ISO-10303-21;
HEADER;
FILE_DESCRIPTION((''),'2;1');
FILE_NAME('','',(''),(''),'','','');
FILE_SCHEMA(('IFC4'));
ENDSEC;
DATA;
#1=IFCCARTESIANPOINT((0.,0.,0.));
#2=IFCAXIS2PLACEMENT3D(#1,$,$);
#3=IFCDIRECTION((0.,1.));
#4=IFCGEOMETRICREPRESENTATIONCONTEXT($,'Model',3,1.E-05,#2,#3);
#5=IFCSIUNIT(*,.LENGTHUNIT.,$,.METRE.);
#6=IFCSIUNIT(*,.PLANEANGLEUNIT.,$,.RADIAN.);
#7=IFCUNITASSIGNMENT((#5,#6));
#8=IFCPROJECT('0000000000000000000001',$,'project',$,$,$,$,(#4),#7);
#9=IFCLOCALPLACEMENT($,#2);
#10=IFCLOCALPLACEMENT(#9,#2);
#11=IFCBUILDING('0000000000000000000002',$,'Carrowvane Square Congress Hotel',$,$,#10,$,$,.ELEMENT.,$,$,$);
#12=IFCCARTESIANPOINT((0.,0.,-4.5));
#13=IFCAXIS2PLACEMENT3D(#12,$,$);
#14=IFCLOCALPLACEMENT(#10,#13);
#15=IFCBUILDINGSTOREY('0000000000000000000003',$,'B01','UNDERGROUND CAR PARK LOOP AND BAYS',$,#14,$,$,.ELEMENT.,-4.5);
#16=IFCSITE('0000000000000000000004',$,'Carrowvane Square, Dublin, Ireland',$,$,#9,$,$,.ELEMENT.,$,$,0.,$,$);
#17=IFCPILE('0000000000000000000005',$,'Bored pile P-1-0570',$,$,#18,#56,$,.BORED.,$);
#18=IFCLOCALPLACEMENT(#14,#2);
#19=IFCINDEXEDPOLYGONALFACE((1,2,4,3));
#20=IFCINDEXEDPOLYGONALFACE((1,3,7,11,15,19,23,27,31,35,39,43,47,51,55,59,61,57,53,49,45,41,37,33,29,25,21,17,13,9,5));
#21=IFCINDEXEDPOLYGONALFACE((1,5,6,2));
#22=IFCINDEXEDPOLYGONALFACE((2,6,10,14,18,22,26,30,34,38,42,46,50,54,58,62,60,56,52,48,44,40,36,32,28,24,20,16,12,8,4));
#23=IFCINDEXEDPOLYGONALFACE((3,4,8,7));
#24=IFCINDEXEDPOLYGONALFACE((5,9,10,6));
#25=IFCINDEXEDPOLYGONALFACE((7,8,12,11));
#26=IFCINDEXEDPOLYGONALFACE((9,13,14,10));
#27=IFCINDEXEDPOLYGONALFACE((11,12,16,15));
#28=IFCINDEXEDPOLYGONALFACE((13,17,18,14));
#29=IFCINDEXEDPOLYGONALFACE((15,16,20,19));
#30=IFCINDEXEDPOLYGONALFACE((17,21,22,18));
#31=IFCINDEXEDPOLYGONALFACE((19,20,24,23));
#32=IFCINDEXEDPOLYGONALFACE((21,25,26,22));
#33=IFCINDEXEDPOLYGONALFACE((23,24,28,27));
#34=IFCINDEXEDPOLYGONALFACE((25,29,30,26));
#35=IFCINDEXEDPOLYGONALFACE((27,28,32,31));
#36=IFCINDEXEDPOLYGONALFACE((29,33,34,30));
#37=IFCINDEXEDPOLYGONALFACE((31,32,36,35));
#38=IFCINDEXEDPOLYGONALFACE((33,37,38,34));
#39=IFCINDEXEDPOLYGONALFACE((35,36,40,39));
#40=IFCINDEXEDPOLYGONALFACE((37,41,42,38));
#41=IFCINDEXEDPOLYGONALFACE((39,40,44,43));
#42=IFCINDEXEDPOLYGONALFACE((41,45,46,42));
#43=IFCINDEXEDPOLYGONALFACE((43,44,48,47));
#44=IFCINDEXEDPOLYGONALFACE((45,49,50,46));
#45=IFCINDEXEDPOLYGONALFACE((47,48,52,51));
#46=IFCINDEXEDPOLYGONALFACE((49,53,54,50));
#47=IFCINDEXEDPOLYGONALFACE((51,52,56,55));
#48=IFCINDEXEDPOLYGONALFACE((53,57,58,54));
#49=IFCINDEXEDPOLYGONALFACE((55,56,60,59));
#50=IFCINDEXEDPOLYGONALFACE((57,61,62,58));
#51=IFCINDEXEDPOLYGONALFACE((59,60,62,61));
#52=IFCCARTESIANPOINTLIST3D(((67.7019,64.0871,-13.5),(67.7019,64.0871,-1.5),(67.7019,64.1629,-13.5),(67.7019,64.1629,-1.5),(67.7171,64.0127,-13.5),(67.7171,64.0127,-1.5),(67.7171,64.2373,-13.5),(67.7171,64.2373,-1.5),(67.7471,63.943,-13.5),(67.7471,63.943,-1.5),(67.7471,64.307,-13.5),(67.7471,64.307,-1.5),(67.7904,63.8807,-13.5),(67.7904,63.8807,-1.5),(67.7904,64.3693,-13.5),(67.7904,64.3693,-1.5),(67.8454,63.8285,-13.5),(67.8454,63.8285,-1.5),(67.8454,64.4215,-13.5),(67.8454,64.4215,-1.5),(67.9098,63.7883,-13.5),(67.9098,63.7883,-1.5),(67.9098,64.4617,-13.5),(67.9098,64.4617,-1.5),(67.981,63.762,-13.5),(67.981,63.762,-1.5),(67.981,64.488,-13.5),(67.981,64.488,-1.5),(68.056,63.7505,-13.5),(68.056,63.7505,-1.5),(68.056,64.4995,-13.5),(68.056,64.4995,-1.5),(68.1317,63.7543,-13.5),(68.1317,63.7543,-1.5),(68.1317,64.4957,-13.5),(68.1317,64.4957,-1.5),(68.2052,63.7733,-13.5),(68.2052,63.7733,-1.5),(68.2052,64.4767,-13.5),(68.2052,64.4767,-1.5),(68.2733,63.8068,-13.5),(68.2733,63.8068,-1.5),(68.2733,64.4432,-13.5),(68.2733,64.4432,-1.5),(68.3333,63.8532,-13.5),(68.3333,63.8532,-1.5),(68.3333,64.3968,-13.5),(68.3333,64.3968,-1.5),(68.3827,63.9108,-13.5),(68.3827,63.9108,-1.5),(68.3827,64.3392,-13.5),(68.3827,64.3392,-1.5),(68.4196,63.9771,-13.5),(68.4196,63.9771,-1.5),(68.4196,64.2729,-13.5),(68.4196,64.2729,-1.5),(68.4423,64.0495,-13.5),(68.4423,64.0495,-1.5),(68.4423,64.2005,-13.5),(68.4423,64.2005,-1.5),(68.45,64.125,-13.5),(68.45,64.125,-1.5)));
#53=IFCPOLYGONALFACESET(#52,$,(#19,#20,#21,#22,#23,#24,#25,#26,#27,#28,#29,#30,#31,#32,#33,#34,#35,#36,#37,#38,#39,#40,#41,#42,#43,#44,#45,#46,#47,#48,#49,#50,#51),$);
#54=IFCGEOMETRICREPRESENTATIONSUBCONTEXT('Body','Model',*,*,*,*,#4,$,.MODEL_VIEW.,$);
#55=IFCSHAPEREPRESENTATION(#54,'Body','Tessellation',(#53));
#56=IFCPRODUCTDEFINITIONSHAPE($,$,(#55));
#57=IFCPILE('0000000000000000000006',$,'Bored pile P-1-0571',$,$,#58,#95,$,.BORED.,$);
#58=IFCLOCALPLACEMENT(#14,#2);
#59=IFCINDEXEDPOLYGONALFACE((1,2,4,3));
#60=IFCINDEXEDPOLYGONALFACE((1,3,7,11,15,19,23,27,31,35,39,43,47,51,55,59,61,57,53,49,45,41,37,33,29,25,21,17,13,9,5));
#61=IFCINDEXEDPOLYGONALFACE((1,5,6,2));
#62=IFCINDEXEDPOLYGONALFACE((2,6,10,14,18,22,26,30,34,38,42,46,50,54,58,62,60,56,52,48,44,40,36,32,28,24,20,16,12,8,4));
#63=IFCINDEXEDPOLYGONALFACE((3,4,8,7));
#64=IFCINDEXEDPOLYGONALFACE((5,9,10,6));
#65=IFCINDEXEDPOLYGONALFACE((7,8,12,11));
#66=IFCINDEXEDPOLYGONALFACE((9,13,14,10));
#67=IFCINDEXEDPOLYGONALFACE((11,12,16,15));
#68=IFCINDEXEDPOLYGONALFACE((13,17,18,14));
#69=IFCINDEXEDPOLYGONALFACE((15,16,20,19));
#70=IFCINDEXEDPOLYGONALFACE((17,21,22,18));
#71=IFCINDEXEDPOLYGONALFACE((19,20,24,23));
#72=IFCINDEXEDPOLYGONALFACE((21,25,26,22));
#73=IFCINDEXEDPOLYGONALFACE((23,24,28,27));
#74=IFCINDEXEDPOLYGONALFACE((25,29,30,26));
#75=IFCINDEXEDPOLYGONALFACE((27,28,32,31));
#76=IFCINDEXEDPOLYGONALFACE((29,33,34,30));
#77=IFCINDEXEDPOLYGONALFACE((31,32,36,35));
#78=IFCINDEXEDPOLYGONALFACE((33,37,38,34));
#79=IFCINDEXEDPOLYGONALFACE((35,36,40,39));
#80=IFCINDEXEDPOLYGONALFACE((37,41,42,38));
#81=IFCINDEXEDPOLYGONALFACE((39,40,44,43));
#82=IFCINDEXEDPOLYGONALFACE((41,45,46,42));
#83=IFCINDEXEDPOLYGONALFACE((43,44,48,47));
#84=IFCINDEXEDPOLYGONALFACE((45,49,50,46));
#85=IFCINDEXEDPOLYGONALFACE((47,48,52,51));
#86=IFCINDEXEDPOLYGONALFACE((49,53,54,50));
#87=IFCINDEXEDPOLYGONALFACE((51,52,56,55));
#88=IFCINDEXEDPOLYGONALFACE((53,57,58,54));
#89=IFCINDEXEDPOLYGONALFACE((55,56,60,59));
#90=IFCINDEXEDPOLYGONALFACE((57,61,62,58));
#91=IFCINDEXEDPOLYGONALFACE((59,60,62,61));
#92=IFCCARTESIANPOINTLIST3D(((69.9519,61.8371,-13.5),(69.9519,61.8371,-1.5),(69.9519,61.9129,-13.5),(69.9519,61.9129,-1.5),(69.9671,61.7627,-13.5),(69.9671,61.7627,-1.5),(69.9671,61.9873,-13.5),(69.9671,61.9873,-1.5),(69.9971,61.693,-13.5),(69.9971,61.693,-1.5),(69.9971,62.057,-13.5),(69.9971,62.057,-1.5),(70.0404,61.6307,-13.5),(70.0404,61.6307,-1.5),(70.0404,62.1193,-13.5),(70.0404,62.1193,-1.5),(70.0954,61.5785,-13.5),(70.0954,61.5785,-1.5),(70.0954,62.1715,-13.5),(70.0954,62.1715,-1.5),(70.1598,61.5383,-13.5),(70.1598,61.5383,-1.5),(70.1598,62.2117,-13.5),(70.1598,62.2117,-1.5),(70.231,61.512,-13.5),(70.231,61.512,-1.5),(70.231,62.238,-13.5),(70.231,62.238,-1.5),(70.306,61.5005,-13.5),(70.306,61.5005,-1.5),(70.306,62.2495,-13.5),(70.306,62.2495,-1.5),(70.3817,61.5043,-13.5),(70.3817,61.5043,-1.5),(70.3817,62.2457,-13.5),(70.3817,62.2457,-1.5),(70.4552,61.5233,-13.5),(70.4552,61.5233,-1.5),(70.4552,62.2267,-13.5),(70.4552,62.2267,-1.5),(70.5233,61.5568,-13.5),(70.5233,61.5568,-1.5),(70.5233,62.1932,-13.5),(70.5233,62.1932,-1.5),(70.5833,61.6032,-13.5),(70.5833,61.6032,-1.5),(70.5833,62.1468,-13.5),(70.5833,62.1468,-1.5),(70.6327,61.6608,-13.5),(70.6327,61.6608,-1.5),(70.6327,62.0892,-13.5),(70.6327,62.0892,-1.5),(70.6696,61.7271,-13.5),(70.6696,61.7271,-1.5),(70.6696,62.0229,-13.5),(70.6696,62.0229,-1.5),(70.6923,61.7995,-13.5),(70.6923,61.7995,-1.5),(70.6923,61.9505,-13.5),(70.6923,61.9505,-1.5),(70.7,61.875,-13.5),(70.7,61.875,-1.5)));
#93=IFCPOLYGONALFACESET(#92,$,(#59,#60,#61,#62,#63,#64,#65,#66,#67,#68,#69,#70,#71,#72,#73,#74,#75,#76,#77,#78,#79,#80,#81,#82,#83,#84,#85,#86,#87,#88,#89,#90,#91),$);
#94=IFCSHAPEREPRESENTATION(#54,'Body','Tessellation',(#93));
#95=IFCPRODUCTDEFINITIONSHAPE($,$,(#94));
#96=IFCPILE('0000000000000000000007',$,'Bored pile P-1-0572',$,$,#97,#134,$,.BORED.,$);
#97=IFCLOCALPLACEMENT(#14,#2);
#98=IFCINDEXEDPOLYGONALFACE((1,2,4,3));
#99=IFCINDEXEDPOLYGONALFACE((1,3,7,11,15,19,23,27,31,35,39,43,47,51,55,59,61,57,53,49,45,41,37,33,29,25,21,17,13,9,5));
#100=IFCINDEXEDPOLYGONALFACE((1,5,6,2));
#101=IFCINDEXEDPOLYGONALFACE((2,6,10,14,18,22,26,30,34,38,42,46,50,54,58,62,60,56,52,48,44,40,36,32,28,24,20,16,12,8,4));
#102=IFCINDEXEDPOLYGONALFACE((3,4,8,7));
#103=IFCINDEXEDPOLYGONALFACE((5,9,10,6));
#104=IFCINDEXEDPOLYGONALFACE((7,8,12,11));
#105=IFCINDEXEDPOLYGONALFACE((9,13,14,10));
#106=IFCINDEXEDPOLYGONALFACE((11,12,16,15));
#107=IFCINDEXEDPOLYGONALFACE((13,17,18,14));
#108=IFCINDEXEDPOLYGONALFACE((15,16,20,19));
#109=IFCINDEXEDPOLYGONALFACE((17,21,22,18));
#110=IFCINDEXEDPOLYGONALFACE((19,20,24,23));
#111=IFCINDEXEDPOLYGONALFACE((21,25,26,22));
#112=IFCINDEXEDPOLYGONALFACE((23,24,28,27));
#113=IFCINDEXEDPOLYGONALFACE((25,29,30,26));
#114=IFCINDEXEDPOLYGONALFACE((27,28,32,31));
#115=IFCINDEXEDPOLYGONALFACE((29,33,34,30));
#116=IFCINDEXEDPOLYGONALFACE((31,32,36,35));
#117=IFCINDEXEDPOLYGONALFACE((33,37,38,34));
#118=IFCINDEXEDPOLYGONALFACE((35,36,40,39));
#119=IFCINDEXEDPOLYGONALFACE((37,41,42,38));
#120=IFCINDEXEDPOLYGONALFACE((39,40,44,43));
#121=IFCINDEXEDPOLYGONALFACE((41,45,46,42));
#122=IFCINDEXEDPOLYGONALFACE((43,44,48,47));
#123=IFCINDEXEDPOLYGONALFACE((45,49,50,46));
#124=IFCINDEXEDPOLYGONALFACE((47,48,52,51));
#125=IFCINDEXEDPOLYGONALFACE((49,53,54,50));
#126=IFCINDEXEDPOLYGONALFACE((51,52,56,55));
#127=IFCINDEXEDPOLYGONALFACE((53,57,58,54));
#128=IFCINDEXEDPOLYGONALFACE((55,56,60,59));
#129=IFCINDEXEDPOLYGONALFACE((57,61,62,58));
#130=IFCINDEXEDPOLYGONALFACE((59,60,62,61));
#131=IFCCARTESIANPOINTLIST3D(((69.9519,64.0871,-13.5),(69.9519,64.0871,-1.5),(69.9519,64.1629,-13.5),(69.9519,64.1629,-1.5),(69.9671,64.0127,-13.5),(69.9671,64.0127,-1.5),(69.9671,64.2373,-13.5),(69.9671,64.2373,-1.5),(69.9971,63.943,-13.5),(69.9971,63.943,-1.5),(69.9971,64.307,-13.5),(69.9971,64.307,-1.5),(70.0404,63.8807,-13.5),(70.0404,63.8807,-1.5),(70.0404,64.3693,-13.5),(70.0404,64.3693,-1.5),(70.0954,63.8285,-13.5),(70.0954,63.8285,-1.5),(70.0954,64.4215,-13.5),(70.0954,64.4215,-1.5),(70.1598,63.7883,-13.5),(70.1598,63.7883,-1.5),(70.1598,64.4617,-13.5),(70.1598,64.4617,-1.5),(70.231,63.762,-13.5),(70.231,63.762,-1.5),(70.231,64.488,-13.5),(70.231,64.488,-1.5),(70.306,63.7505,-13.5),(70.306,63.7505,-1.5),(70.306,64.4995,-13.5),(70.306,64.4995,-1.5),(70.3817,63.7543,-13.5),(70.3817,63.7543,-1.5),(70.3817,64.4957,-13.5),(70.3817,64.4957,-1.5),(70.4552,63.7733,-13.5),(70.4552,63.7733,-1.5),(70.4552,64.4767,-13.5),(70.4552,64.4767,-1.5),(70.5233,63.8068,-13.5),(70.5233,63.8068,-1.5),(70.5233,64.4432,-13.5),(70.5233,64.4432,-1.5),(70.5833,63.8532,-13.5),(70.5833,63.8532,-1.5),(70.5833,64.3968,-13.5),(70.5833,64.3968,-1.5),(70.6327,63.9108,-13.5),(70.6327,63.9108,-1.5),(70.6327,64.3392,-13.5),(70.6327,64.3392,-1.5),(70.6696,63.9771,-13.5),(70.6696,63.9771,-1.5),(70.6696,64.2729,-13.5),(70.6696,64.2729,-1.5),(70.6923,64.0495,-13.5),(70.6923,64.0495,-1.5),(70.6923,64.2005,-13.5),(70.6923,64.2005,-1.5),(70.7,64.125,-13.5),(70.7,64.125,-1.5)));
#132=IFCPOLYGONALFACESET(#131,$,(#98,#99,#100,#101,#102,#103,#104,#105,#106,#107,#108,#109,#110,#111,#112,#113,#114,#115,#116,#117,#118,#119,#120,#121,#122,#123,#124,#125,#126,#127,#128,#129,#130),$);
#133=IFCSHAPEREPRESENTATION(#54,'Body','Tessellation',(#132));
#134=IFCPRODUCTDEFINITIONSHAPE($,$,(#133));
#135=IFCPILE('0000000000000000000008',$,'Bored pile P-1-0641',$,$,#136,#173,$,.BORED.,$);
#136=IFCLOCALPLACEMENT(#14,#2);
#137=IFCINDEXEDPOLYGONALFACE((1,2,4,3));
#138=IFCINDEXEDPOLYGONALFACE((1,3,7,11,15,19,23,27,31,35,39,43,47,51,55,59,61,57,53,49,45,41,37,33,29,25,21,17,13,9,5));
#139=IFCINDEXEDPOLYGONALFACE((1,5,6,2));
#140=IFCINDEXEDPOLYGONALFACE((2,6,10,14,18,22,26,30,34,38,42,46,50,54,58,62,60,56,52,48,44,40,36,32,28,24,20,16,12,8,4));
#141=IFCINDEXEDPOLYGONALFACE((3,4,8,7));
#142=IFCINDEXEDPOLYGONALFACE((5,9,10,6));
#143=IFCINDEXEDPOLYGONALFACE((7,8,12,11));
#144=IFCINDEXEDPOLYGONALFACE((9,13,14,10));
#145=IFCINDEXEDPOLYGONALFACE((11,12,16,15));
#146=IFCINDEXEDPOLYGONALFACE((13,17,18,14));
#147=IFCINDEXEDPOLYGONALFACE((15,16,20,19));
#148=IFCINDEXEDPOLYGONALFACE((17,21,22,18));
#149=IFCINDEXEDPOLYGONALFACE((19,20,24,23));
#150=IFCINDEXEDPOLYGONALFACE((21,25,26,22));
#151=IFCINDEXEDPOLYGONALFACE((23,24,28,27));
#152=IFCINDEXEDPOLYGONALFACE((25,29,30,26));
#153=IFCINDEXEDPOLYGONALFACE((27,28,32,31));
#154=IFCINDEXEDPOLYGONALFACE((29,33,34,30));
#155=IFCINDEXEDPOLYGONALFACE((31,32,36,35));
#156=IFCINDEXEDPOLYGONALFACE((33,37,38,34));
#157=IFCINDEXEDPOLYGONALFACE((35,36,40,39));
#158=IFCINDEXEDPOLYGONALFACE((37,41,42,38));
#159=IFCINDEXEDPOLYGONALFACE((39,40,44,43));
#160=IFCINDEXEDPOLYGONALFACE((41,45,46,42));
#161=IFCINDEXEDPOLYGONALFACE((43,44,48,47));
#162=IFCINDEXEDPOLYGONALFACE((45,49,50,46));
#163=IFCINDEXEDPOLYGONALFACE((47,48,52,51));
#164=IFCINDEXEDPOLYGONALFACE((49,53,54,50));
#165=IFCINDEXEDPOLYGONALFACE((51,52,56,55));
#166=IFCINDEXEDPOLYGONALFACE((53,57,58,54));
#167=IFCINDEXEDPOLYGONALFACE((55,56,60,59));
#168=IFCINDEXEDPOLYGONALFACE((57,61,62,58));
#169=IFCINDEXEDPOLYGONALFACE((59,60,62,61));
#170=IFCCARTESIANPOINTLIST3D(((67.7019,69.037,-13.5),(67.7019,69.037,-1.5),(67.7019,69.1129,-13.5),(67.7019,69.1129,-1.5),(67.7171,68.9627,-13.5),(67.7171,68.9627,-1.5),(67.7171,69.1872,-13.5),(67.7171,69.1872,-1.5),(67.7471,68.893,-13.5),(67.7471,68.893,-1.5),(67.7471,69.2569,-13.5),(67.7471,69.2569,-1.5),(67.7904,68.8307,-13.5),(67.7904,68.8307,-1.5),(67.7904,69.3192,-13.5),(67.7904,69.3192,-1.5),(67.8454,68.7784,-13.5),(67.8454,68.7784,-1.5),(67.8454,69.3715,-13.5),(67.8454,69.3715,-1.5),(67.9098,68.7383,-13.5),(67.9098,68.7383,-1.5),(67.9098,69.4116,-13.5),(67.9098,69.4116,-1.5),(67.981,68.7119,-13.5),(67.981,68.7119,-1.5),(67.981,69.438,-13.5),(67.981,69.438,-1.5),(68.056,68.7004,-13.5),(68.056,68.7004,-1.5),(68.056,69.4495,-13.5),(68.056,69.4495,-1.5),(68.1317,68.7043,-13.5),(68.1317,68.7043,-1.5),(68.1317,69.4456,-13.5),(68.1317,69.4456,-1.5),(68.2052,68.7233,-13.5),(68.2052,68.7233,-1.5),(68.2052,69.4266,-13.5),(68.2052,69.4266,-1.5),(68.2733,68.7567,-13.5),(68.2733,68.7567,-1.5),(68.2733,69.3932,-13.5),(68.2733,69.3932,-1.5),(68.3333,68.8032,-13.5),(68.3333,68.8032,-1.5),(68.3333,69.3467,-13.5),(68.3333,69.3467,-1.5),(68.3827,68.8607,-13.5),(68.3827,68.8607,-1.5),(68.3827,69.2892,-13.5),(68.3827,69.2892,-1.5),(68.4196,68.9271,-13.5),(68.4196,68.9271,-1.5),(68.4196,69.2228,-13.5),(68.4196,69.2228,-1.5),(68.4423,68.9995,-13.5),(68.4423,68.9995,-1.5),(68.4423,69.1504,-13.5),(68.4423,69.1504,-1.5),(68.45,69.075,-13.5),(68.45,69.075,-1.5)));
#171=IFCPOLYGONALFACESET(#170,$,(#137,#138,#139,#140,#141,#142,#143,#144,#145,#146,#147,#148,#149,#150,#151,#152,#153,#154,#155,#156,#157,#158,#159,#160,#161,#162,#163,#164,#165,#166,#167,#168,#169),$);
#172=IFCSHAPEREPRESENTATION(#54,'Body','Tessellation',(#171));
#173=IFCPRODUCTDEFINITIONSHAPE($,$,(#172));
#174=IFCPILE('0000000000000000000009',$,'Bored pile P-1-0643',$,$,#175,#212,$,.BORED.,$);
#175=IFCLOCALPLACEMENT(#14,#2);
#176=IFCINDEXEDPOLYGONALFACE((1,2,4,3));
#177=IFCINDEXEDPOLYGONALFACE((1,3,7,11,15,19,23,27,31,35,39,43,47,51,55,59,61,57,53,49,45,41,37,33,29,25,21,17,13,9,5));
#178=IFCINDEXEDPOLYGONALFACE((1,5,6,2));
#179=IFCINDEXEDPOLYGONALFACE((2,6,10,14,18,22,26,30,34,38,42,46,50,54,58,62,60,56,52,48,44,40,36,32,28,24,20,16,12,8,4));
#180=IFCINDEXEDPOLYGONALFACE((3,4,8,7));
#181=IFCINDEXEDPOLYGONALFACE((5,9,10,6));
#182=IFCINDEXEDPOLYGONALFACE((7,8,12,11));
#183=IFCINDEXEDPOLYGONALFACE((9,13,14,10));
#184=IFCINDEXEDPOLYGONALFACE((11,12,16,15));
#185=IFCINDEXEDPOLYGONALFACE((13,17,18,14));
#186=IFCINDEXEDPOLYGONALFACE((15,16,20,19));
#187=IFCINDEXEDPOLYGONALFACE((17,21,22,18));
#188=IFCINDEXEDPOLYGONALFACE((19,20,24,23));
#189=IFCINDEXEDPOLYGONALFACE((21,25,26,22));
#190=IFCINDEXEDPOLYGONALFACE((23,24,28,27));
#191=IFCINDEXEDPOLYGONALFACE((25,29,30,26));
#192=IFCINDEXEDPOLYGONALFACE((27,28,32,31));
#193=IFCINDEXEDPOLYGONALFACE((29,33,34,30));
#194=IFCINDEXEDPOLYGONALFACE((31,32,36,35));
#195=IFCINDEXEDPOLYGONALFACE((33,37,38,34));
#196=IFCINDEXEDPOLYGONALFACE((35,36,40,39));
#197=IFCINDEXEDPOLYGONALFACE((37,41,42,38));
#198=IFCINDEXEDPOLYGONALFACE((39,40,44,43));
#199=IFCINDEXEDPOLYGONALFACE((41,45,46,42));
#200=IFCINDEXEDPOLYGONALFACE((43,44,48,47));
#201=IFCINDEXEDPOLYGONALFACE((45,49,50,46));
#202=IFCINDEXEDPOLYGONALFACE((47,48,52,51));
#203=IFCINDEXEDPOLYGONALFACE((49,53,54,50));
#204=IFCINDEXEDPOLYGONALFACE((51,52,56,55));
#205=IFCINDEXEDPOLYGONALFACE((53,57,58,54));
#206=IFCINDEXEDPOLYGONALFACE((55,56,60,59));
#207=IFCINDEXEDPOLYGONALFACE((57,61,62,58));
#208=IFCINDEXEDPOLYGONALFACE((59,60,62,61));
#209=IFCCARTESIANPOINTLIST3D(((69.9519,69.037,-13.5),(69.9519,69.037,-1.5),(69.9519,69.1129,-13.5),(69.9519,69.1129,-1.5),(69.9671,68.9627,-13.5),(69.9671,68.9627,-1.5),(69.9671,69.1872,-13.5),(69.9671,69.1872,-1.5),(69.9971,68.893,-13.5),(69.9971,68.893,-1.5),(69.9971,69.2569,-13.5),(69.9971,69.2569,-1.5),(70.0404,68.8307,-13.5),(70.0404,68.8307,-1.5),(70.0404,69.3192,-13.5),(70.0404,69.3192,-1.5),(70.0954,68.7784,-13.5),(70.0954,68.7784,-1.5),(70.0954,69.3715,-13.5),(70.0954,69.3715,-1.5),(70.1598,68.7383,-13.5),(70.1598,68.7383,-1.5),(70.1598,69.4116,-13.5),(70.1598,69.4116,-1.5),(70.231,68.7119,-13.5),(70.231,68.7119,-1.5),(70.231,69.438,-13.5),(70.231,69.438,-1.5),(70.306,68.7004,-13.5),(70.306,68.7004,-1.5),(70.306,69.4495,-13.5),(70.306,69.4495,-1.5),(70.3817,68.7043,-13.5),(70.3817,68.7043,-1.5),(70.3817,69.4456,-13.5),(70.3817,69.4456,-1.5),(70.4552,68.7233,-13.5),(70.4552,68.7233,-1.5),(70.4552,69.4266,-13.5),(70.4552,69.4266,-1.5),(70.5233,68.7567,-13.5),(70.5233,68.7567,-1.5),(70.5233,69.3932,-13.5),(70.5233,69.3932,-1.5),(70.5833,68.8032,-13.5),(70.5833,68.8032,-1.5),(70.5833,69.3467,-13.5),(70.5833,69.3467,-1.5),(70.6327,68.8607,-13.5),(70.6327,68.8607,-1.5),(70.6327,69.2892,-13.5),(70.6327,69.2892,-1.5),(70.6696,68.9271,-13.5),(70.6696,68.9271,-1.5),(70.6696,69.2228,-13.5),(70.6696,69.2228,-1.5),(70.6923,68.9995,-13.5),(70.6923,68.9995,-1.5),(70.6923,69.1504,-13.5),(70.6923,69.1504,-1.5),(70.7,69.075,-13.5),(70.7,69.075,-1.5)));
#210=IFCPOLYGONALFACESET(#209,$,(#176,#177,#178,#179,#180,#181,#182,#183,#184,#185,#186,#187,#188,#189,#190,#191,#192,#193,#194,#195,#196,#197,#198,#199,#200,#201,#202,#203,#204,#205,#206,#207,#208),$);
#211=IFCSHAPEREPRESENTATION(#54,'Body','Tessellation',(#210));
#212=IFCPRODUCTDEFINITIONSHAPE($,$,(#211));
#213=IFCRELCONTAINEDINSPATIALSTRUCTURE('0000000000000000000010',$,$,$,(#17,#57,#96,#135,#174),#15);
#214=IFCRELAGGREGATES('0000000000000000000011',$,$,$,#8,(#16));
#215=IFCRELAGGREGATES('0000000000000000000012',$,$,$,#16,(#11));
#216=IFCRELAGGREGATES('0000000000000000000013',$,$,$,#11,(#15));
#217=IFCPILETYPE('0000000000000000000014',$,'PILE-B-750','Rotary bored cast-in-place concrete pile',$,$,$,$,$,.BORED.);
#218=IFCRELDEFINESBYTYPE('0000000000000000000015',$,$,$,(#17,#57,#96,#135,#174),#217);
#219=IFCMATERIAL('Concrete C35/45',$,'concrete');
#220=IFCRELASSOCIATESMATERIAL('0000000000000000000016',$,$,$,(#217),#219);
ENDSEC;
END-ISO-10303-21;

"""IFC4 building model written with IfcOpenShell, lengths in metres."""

from ifc_helpers import new_model, si_unit, direction, frame, origin, origin_2d, place, context, subcontext, project, spatial, circle, extrude, material, material_profile, profile_set, type_object, element, save


model = new_model("IFC4")

# Units and contexts
model_context = context("Model", 3, precision=1e-05, world=origin(), true_north=direction((0.0, 1.0)))
body_context = subcontext(model_context, "Body", "Model", "MODEL_VIEW")
ifc_project = project(units=[si_unit("LENGTHUNIT", "METRE"), si_unit("PLANEANGLEUNIT", "RADIAN")], contexts=[model_context])

# Site, building, storey
site_placement = place(None, origin())
site = spatial("IfcSite", under=ifc_project, at=site_placement, Name="Carrowvane Square, Dublin, Ireland", CompositionType="ELEMENT", RefElevation=0.0)
building_placement = place(site_placement, origin())
building = spatial("IfcBuilding", under=site, at=building_placement, Name="Carrowvane Square Congress Hotel", CompositionType="ELEMENT")
storey_placement = place(building_placement, frame((0.0, 0.0, -4.5)))
storey = spatial("IfcBuildingStorey", under=building, at=storey_placement, Name="B01", Description="UNDERGROUND CAR PARK LOOP AND BAYS", CompositionType="ELEMENT", Elevation=-4.5)

# Piles
ifc_material_1 = material(Name="Concrete C35/45", Category="concrete")
ifc_material_profile_1 = material_profile(ifc_material_1, circle(Radius=0.375, at=origin_2d()), Name="PILE D750")
ifc_profile_set_1 = profile_set([ifc_material_profile_1], Name="Concrete C35/45")
pile_type = type_object("IfcPileType", Name="PILE-B-750", Description="Rotary bored cast-in-place concrete pile", PredefinedType="BORED", material=ifc_profile_set_1)
for number, where, z_axis, x_axis, name in (
    (1, (68.075, 64.125, -1.5), (0.0, 0.0, -1.0), (1.0, 0.0, 0.0), "Bored pile P-1-0570"),
    (2, (70.325, 61.875, -1.5), (0.0, 0.0, -1.0), (1.0, 0.0, 0.0), "Bored pile P-1-0571"),
    (3, (70.325, 64.125, -1.5), (0.0, 0.0, -1.0), (1.0, 0.0, 0.0), "Bored pile P-1-0572"),
    (4, (68.075, 69.075, -1.5), (0.0, 0.0, -1.0), (1.0, 0.0, 0.0), "Bored pile P-1-0641"),
    (5, (70.325, 69.075, -1.5), (0.0, 0.0, -1.0), (1.0, 0.0, 0.0), "Bored pile P-1-0643"),
):
    element("IfcPile", number, at=place(storey_placement, frame(where, z_axis=z_axis, x_axis=x_axis)), inside=storey, type_object=pile_type, Name=name, PredefinedType="BORED", context=body_context, shape_type="SweptSolid", body=[
        extrude(circle(Radius=0.375, at=origin_2d()), origin(), (0.0, 0.0, 1.0), 12.0),
    ])

save(model, "model.ifc")
